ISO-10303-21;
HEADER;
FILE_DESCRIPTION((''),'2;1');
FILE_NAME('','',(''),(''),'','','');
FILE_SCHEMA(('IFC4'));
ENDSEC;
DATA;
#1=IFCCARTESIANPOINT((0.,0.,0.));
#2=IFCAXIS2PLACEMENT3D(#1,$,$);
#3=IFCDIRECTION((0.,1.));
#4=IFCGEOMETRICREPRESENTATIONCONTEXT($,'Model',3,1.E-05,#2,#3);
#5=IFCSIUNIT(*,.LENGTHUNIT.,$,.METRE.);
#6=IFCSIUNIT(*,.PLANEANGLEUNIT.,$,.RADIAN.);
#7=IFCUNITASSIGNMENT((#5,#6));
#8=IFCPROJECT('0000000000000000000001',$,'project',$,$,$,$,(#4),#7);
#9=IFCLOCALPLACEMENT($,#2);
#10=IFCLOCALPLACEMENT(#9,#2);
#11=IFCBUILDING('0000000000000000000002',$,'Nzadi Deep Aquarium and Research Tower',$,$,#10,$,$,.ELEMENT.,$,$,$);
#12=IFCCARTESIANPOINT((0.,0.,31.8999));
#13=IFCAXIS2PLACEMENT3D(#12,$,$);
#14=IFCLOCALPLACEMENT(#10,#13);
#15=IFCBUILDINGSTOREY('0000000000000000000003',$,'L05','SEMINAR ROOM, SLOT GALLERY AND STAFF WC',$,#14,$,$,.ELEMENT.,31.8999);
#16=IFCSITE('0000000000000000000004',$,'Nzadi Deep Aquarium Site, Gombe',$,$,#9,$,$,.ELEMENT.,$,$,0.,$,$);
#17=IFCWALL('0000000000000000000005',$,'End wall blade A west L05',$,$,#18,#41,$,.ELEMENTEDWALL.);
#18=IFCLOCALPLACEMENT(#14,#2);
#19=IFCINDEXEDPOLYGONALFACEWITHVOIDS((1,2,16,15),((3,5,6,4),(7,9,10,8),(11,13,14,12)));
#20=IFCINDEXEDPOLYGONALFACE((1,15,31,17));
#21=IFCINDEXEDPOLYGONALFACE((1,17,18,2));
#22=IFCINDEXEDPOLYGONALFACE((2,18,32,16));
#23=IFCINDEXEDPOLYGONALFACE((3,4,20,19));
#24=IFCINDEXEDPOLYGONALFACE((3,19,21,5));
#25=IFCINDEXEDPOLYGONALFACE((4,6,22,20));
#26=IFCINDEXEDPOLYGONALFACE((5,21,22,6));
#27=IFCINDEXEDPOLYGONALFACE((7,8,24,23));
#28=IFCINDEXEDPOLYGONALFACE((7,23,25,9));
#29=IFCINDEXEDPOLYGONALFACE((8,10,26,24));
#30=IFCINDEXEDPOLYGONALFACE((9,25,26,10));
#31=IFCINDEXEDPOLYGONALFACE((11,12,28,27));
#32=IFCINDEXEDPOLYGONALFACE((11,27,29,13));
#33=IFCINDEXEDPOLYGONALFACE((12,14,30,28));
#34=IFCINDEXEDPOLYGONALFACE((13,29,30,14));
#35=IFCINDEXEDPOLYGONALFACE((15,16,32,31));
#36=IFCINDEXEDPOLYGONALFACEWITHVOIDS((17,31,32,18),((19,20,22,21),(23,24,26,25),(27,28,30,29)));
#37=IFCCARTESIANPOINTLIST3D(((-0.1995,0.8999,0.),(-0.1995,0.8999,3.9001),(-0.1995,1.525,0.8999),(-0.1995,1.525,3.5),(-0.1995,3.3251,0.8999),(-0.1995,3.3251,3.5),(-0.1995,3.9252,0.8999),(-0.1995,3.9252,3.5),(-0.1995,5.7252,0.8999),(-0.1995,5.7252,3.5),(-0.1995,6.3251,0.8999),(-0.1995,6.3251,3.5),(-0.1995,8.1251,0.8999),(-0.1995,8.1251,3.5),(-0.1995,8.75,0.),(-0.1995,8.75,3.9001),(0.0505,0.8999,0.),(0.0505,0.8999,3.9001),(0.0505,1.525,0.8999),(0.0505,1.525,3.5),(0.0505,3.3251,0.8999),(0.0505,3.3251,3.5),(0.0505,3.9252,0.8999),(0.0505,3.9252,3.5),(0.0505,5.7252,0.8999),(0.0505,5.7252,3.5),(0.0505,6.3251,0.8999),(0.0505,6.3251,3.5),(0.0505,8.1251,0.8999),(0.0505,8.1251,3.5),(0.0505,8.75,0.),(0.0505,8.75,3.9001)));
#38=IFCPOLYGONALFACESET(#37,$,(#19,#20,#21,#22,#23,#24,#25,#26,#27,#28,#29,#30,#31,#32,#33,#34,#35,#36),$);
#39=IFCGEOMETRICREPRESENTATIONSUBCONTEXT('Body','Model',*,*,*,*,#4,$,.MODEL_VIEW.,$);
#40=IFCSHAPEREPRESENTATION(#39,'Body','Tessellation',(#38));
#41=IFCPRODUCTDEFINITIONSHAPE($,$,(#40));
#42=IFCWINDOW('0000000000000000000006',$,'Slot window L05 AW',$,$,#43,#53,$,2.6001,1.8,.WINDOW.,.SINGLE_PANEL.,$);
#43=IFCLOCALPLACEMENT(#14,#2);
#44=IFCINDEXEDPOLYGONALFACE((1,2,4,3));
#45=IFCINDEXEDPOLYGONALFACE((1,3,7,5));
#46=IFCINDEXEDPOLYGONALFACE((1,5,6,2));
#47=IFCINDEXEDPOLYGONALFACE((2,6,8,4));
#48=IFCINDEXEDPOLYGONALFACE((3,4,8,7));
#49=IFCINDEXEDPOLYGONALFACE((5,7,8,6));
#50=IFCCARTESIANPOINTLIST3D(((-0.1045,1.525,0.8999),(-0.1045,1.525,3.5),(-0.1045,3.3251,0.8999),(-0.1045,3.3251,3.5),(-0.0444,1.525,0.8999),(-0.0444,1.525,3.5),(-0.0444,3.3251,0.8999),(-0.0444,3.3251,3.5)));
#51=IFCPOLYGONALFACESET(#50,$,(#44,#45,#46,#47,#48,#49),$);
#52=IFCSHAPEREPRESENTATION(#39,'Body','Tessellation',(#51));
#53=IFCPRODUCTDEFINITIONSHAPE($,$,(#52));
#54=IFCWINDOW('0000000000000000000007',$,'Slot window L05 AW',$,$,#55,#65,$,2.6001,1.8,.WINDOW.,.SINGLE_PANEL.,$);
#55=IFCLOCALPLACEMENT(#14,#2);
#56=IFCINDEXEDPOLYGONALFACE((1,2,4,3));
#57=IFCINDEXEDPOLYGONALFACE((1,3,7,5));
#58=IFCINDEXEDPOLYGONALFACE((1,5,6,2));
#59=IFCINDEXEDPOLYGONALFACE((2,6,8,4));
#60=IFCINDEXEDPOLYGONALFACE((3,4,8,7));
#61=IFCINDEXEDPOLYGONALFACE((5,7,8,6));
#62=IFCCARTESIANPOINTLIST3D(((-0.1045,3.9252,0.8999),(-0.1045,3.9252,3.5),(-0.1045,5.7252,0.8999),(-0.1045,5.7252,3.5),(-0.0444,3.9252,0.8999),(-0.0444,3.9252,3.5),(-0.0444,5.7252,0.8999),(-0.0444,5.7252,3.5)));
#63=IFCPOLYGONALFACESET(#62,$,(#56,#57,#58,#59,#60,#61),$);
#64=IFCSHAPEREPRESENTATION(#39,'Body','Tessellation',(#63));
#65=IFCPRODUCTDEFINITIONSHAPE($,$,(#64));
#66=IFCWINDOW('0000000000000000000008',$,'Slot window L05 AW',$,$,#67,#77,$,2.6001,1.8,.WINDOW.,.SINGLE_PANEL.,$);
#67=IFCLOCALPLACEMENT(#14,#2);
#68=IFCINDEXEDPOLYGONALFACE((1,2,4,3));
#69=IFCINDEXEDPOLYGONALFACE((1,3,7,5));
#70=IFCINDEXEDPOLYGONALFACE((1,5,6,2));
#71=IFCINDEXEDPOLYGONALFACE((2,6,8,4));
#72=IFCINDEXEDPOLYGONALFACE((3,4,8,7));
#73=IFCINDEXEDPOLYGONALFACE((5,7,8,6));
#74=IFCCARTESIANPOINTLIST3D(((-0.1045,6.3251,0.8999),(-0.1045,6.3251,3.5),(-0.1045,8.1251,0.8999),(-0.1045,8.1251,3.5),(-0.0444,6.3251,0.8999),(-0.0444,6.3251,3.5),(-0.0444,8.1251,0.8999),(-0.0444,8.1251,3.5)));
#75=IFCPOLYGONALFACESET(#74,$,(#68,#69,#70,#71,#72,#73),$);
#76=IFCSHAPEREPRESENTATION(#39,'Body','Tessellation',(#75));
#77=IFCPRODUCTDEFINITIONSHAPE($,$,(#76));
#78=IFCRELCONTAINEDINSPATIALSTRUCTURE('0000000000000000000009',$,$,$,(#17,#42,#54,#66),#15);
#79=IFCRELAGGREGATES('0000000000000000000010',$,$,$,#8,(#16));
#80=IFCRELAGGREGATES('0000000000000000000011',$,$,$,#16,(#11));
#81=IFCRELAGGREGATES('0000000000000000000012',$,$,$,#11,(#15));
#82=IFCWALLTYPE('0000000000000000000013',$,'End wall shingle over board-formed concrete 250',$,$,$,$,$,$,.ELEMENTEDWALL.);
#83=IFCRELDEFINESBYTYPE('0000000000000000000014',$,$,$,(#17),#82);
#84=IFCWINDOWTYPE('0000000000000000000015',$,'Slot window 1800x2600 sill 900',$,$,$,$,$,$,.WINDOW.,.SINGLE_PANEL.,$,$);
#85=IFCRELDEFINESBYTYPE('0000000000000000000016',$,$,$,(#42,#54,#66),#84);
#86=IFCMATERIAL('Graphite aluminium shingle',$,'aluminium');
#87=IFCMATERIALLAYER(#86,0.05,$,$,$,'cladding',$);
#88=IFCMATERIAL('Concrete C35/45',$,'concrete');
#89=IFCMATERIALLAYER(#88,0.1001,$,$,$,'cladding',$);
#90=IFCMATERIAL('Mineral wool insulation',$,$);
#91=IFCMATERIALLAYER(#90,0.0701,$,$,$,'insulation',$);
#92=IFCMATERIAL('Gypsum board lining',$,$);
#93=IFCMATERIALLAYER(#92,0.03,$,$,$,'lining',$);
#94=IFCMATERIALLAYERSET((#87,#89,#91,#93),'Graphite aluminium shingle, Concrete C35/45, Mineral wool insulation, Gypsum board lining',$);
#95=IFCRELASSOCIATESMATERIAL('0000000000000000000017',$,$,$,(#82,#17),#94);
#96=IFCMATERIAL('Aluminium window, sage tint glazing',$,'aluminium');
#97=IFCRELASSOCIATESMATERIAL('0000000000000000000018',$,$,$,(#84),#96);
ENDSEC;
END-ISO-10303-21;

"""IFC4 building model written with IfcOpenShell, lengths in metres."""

from ifc_helpers import new_model, si_unit, direction, frame, frame_2d, origin, place, context, subcontext, project, spatial, rectangle, extrude, material, layer, layer_set, layer_usage, type_object, element, fill, save


model = new_model("IFC4")

# Units and contexts
model_context = context("Model", 3, precision=1e-05, world=origin(), true_north=direction((0.0, 1.0)))
body_context = subcontext(model_context, "Body", "Model", "MODEL_VIEW")
ifc_project = project(units=[si_unit("LENGTHUNIT", "METRE"), si_unit("PLANEANGLEUNIT", "RADIAN")], contexts=[model_context])

# Site, building, storey
site_placement = place(None, origin())
site = spatial("IfcSite", under=ifc_project, at=site_placement, Name="Nzadi Deep Aquarium Site, Gombe", CompositionType="ELEMENT", RefElevation=0.0)
building_placement = place(site_placement, origin())
building = spatial("IfcBuilding", under=site, at=building_placement, Name="Nzadi Deep Aquarium and Research Tower", CompositionType="ELEMENT")
storey_placement = place(building_placement, frame((0.0, 0.0, 31.8999)))
storey = spatial("IfcBuildingStorey", under=building, at=storey_placement, Name="L05", Description="SEMINAR ROOM, SLOT GALLERY AND STAFF WC", CompositionType="ELEMENT", Elevation=31.8999)

# Shared definitions
ifc_material_1 = material(Name="Concrete C35/45", Category="concrete")
ifc_material_2 = material(Name="Mineral wool insulation")
ifc_material_3 = material(Name="Gypsum board lining")

# Wall, openings, windows
ifc_material_4 = material(Name="Graphite aluminium shingle", Category="aluminium")
ifc_layer_1 = layer(ifc_material_4, 0.05, Category="cladding")
ifc_layer_2 = layer(ifc_material_1, 0.1001, Category="cladding")
ifc_layer_3 = layer(ifc_material_2, 0.0701, Category="insulation")
ifc_layer_4 = layer(ifc_material_3, 0.03, Category="lining")
ifc_layer_set_1 = layer_set([ifc_layer_1, ifc_layer_2, ifc_layer_3, ifc_layer_4], Name="Graphite aluminium shingle, Concrete C35/45, Mineral wool insulation, Gypsum board lining")
ifc_layer_usage_1 = layer_usage(ifc_layer_set_1, "AXIS2", "POSITIVE", -0.125)
wall_type_1 = type_object("IfcWallType", Name="End wall shingle over board-formed concrete 250", PredefinedType="ELEMENTEDWALL", material=ifc_layer_set_1)
wall_1_placement = place(storey_placement, frame((-0.0745, 8.75, 0.0), z_axis=(0.0, 0.0, 1.0), x_axis=(0.0, -1.0, 0.0)))
wall_1 = element("IfcWall", 1, at=wall_1_placement, inside=storey, type_object=wall_type_1, material=ifc_layer_usage_1, Name="End wall blade A west L05", PredefinedType="ELEMENTEDWALL", context=body_context, shape_type="SweptSolid", body=[
    extrude(rectangle(XDim=7.8501, YDim=0.25, at=frame_2d((3.925, 0.0))), origin(), (0.0, 0.0, 1.0), 3.9001),
])
opening_1_placement = place(wall_1_placement, frame((5.425, 0.0, 0.8999)))
opening_1 = element("IfcOpeningElement", 2, at=opening_1_placement, cuts=wall_1, PredefinedType="OPENING", context=body_context, shape_type="SweptSolid", body=[
    extrude(rectangle(XDim=1.8, YDim=2.6001, at=frame_2d((0.8999, 1.3))), frame((0.0, 0.135, 0.0), z_axis=(0.0, -1.0, 0.0), x_axis=(1.0, 0.0, 0.0)), (0.0, 0.0, 1.0), 0.27),
])
opening_2_placement = place(wall_1_placement, frame((3.0249, 0.0, 0.8999)))
opening_2 = element("IfcOpeningElement", 3, at=opening_2_placement, cuts=wall_1, PredefinedType="OPENING", context=body_context, shape_type="SweptSolid", body=[
    extrude(rectangle(XDim=1.8, YDim=2.6001, at=frame_2d((0.8999, 1.3))), frame((0.0, 0.135, 0.0), z_axis=(0.0, -1.0, 0.0), x_axis=(1.0, 0.0, 0.0)), (0.0, 0.0, 1.0), 0.27),
])
opening_3_placement = place(wall_1_placement, frame((0.625, 0.0, 0.8999)))
opening_3 = element("IfcOpeningElement", 4, at=opening_3_placement, cuts=wall_1, PredefinedType="OPENING", context=body_context, shape_type="SweptSolid", body=[
    extrude(rectangle(XDim=1.8, YDim=2.6001, at=frame_2d((0.8999, 1.3))), frame((0.0, 0.135, 0.0), z_axis=(0.0, -1.0, 0.0), x_axis=(1.0, 0.0, 0.0)), (0.0, 0.0, 1.0), 0.27),
])
ifc_material_5 = material(Name="Aluminium window, sage tint glazing", Category="aluminium")
window_type = type_object("IfcWindowType", Name="Slot window 1800x2600 sill 900", PartitioningType="SINGLE_PANEL", PredefinedType="WINDOW", material=ifc_material_5)
window_1_placement = place(opening_1_placement, origin())
window_1 = element("IfcWindow", 5, at=window_1_placement, inside=storey, type_object=window_type, Name="Slot window L05 AW", OverallHeight=2.6001, OverallWidth=1.8, PartitioningType="SINGLE_PANEL", PredefinedType="WINDOW", context=body_context, shape_type="SweptSolid", body=[
    extrude(rectangle(XDim=1.8, YDim=2.6001, at=frame_2d((0.8999, 1.3))), frame((0.0, 0.03, 0.0), z_axis=(0.0, -1.0, 0.0), x_axis=(1.0, 0.0, 0.0)), (0.0, 0.0, 1.0), 0.0601),
])
fill(opening_1, window_1)
window_2_placement = place(opening_2_placement, origin())
window_2 = element("IfcWindow", 6, at=window_2_placement, inside=storey, type_object=window_type, Name="Slot window L05 AW", OverallHeight=2.6001, OverallWidth=1.8, PartitioningType="SINGLE_PANEL", PredefinedType="WINDOW", context=body_context, shape_type="SweptSolid", body=[
    extrude(rectangle(XDim=1.8, YDim=2.6001, at=frame_2d((0.8999, 1.3))), frame((0.0, 0.03, 0.0), z_axis=(0.0, -1.0, 0.0), x_axis=(1.0, 0.0, 0.0)), (0.0, 0.0, 1.0), 0.0601),
])
fill(opening_2, window_2)
window_3_placement = place(opening_3_placement, origin())
window_3 = element("IfcWindow", 7, at=window_3_placement, inside=storey, type_object=window_type, Name="Slot window L05 AW", OverallHeight=2.6001, OverallWidth=1.8, PartitioningType="SINGLE_PANEL", PredefinedType="WINDOW", context=body_context, shape_type="SweptSolid", body=[
    extrude(rectangle(XDim=1.8, YDim=2.6001, at=frame_2d((0.8999, 1.3))), frame((0.0, 0.03, 0.0), z_axis=(0.0, -1.0, 0.0), x_axis=(1.0, 0.0, 0.0)), (0.0, 0.0, 1.0), 0.0601),
])
fill(opening_3, window_3)

save(model, "model.ifc")
